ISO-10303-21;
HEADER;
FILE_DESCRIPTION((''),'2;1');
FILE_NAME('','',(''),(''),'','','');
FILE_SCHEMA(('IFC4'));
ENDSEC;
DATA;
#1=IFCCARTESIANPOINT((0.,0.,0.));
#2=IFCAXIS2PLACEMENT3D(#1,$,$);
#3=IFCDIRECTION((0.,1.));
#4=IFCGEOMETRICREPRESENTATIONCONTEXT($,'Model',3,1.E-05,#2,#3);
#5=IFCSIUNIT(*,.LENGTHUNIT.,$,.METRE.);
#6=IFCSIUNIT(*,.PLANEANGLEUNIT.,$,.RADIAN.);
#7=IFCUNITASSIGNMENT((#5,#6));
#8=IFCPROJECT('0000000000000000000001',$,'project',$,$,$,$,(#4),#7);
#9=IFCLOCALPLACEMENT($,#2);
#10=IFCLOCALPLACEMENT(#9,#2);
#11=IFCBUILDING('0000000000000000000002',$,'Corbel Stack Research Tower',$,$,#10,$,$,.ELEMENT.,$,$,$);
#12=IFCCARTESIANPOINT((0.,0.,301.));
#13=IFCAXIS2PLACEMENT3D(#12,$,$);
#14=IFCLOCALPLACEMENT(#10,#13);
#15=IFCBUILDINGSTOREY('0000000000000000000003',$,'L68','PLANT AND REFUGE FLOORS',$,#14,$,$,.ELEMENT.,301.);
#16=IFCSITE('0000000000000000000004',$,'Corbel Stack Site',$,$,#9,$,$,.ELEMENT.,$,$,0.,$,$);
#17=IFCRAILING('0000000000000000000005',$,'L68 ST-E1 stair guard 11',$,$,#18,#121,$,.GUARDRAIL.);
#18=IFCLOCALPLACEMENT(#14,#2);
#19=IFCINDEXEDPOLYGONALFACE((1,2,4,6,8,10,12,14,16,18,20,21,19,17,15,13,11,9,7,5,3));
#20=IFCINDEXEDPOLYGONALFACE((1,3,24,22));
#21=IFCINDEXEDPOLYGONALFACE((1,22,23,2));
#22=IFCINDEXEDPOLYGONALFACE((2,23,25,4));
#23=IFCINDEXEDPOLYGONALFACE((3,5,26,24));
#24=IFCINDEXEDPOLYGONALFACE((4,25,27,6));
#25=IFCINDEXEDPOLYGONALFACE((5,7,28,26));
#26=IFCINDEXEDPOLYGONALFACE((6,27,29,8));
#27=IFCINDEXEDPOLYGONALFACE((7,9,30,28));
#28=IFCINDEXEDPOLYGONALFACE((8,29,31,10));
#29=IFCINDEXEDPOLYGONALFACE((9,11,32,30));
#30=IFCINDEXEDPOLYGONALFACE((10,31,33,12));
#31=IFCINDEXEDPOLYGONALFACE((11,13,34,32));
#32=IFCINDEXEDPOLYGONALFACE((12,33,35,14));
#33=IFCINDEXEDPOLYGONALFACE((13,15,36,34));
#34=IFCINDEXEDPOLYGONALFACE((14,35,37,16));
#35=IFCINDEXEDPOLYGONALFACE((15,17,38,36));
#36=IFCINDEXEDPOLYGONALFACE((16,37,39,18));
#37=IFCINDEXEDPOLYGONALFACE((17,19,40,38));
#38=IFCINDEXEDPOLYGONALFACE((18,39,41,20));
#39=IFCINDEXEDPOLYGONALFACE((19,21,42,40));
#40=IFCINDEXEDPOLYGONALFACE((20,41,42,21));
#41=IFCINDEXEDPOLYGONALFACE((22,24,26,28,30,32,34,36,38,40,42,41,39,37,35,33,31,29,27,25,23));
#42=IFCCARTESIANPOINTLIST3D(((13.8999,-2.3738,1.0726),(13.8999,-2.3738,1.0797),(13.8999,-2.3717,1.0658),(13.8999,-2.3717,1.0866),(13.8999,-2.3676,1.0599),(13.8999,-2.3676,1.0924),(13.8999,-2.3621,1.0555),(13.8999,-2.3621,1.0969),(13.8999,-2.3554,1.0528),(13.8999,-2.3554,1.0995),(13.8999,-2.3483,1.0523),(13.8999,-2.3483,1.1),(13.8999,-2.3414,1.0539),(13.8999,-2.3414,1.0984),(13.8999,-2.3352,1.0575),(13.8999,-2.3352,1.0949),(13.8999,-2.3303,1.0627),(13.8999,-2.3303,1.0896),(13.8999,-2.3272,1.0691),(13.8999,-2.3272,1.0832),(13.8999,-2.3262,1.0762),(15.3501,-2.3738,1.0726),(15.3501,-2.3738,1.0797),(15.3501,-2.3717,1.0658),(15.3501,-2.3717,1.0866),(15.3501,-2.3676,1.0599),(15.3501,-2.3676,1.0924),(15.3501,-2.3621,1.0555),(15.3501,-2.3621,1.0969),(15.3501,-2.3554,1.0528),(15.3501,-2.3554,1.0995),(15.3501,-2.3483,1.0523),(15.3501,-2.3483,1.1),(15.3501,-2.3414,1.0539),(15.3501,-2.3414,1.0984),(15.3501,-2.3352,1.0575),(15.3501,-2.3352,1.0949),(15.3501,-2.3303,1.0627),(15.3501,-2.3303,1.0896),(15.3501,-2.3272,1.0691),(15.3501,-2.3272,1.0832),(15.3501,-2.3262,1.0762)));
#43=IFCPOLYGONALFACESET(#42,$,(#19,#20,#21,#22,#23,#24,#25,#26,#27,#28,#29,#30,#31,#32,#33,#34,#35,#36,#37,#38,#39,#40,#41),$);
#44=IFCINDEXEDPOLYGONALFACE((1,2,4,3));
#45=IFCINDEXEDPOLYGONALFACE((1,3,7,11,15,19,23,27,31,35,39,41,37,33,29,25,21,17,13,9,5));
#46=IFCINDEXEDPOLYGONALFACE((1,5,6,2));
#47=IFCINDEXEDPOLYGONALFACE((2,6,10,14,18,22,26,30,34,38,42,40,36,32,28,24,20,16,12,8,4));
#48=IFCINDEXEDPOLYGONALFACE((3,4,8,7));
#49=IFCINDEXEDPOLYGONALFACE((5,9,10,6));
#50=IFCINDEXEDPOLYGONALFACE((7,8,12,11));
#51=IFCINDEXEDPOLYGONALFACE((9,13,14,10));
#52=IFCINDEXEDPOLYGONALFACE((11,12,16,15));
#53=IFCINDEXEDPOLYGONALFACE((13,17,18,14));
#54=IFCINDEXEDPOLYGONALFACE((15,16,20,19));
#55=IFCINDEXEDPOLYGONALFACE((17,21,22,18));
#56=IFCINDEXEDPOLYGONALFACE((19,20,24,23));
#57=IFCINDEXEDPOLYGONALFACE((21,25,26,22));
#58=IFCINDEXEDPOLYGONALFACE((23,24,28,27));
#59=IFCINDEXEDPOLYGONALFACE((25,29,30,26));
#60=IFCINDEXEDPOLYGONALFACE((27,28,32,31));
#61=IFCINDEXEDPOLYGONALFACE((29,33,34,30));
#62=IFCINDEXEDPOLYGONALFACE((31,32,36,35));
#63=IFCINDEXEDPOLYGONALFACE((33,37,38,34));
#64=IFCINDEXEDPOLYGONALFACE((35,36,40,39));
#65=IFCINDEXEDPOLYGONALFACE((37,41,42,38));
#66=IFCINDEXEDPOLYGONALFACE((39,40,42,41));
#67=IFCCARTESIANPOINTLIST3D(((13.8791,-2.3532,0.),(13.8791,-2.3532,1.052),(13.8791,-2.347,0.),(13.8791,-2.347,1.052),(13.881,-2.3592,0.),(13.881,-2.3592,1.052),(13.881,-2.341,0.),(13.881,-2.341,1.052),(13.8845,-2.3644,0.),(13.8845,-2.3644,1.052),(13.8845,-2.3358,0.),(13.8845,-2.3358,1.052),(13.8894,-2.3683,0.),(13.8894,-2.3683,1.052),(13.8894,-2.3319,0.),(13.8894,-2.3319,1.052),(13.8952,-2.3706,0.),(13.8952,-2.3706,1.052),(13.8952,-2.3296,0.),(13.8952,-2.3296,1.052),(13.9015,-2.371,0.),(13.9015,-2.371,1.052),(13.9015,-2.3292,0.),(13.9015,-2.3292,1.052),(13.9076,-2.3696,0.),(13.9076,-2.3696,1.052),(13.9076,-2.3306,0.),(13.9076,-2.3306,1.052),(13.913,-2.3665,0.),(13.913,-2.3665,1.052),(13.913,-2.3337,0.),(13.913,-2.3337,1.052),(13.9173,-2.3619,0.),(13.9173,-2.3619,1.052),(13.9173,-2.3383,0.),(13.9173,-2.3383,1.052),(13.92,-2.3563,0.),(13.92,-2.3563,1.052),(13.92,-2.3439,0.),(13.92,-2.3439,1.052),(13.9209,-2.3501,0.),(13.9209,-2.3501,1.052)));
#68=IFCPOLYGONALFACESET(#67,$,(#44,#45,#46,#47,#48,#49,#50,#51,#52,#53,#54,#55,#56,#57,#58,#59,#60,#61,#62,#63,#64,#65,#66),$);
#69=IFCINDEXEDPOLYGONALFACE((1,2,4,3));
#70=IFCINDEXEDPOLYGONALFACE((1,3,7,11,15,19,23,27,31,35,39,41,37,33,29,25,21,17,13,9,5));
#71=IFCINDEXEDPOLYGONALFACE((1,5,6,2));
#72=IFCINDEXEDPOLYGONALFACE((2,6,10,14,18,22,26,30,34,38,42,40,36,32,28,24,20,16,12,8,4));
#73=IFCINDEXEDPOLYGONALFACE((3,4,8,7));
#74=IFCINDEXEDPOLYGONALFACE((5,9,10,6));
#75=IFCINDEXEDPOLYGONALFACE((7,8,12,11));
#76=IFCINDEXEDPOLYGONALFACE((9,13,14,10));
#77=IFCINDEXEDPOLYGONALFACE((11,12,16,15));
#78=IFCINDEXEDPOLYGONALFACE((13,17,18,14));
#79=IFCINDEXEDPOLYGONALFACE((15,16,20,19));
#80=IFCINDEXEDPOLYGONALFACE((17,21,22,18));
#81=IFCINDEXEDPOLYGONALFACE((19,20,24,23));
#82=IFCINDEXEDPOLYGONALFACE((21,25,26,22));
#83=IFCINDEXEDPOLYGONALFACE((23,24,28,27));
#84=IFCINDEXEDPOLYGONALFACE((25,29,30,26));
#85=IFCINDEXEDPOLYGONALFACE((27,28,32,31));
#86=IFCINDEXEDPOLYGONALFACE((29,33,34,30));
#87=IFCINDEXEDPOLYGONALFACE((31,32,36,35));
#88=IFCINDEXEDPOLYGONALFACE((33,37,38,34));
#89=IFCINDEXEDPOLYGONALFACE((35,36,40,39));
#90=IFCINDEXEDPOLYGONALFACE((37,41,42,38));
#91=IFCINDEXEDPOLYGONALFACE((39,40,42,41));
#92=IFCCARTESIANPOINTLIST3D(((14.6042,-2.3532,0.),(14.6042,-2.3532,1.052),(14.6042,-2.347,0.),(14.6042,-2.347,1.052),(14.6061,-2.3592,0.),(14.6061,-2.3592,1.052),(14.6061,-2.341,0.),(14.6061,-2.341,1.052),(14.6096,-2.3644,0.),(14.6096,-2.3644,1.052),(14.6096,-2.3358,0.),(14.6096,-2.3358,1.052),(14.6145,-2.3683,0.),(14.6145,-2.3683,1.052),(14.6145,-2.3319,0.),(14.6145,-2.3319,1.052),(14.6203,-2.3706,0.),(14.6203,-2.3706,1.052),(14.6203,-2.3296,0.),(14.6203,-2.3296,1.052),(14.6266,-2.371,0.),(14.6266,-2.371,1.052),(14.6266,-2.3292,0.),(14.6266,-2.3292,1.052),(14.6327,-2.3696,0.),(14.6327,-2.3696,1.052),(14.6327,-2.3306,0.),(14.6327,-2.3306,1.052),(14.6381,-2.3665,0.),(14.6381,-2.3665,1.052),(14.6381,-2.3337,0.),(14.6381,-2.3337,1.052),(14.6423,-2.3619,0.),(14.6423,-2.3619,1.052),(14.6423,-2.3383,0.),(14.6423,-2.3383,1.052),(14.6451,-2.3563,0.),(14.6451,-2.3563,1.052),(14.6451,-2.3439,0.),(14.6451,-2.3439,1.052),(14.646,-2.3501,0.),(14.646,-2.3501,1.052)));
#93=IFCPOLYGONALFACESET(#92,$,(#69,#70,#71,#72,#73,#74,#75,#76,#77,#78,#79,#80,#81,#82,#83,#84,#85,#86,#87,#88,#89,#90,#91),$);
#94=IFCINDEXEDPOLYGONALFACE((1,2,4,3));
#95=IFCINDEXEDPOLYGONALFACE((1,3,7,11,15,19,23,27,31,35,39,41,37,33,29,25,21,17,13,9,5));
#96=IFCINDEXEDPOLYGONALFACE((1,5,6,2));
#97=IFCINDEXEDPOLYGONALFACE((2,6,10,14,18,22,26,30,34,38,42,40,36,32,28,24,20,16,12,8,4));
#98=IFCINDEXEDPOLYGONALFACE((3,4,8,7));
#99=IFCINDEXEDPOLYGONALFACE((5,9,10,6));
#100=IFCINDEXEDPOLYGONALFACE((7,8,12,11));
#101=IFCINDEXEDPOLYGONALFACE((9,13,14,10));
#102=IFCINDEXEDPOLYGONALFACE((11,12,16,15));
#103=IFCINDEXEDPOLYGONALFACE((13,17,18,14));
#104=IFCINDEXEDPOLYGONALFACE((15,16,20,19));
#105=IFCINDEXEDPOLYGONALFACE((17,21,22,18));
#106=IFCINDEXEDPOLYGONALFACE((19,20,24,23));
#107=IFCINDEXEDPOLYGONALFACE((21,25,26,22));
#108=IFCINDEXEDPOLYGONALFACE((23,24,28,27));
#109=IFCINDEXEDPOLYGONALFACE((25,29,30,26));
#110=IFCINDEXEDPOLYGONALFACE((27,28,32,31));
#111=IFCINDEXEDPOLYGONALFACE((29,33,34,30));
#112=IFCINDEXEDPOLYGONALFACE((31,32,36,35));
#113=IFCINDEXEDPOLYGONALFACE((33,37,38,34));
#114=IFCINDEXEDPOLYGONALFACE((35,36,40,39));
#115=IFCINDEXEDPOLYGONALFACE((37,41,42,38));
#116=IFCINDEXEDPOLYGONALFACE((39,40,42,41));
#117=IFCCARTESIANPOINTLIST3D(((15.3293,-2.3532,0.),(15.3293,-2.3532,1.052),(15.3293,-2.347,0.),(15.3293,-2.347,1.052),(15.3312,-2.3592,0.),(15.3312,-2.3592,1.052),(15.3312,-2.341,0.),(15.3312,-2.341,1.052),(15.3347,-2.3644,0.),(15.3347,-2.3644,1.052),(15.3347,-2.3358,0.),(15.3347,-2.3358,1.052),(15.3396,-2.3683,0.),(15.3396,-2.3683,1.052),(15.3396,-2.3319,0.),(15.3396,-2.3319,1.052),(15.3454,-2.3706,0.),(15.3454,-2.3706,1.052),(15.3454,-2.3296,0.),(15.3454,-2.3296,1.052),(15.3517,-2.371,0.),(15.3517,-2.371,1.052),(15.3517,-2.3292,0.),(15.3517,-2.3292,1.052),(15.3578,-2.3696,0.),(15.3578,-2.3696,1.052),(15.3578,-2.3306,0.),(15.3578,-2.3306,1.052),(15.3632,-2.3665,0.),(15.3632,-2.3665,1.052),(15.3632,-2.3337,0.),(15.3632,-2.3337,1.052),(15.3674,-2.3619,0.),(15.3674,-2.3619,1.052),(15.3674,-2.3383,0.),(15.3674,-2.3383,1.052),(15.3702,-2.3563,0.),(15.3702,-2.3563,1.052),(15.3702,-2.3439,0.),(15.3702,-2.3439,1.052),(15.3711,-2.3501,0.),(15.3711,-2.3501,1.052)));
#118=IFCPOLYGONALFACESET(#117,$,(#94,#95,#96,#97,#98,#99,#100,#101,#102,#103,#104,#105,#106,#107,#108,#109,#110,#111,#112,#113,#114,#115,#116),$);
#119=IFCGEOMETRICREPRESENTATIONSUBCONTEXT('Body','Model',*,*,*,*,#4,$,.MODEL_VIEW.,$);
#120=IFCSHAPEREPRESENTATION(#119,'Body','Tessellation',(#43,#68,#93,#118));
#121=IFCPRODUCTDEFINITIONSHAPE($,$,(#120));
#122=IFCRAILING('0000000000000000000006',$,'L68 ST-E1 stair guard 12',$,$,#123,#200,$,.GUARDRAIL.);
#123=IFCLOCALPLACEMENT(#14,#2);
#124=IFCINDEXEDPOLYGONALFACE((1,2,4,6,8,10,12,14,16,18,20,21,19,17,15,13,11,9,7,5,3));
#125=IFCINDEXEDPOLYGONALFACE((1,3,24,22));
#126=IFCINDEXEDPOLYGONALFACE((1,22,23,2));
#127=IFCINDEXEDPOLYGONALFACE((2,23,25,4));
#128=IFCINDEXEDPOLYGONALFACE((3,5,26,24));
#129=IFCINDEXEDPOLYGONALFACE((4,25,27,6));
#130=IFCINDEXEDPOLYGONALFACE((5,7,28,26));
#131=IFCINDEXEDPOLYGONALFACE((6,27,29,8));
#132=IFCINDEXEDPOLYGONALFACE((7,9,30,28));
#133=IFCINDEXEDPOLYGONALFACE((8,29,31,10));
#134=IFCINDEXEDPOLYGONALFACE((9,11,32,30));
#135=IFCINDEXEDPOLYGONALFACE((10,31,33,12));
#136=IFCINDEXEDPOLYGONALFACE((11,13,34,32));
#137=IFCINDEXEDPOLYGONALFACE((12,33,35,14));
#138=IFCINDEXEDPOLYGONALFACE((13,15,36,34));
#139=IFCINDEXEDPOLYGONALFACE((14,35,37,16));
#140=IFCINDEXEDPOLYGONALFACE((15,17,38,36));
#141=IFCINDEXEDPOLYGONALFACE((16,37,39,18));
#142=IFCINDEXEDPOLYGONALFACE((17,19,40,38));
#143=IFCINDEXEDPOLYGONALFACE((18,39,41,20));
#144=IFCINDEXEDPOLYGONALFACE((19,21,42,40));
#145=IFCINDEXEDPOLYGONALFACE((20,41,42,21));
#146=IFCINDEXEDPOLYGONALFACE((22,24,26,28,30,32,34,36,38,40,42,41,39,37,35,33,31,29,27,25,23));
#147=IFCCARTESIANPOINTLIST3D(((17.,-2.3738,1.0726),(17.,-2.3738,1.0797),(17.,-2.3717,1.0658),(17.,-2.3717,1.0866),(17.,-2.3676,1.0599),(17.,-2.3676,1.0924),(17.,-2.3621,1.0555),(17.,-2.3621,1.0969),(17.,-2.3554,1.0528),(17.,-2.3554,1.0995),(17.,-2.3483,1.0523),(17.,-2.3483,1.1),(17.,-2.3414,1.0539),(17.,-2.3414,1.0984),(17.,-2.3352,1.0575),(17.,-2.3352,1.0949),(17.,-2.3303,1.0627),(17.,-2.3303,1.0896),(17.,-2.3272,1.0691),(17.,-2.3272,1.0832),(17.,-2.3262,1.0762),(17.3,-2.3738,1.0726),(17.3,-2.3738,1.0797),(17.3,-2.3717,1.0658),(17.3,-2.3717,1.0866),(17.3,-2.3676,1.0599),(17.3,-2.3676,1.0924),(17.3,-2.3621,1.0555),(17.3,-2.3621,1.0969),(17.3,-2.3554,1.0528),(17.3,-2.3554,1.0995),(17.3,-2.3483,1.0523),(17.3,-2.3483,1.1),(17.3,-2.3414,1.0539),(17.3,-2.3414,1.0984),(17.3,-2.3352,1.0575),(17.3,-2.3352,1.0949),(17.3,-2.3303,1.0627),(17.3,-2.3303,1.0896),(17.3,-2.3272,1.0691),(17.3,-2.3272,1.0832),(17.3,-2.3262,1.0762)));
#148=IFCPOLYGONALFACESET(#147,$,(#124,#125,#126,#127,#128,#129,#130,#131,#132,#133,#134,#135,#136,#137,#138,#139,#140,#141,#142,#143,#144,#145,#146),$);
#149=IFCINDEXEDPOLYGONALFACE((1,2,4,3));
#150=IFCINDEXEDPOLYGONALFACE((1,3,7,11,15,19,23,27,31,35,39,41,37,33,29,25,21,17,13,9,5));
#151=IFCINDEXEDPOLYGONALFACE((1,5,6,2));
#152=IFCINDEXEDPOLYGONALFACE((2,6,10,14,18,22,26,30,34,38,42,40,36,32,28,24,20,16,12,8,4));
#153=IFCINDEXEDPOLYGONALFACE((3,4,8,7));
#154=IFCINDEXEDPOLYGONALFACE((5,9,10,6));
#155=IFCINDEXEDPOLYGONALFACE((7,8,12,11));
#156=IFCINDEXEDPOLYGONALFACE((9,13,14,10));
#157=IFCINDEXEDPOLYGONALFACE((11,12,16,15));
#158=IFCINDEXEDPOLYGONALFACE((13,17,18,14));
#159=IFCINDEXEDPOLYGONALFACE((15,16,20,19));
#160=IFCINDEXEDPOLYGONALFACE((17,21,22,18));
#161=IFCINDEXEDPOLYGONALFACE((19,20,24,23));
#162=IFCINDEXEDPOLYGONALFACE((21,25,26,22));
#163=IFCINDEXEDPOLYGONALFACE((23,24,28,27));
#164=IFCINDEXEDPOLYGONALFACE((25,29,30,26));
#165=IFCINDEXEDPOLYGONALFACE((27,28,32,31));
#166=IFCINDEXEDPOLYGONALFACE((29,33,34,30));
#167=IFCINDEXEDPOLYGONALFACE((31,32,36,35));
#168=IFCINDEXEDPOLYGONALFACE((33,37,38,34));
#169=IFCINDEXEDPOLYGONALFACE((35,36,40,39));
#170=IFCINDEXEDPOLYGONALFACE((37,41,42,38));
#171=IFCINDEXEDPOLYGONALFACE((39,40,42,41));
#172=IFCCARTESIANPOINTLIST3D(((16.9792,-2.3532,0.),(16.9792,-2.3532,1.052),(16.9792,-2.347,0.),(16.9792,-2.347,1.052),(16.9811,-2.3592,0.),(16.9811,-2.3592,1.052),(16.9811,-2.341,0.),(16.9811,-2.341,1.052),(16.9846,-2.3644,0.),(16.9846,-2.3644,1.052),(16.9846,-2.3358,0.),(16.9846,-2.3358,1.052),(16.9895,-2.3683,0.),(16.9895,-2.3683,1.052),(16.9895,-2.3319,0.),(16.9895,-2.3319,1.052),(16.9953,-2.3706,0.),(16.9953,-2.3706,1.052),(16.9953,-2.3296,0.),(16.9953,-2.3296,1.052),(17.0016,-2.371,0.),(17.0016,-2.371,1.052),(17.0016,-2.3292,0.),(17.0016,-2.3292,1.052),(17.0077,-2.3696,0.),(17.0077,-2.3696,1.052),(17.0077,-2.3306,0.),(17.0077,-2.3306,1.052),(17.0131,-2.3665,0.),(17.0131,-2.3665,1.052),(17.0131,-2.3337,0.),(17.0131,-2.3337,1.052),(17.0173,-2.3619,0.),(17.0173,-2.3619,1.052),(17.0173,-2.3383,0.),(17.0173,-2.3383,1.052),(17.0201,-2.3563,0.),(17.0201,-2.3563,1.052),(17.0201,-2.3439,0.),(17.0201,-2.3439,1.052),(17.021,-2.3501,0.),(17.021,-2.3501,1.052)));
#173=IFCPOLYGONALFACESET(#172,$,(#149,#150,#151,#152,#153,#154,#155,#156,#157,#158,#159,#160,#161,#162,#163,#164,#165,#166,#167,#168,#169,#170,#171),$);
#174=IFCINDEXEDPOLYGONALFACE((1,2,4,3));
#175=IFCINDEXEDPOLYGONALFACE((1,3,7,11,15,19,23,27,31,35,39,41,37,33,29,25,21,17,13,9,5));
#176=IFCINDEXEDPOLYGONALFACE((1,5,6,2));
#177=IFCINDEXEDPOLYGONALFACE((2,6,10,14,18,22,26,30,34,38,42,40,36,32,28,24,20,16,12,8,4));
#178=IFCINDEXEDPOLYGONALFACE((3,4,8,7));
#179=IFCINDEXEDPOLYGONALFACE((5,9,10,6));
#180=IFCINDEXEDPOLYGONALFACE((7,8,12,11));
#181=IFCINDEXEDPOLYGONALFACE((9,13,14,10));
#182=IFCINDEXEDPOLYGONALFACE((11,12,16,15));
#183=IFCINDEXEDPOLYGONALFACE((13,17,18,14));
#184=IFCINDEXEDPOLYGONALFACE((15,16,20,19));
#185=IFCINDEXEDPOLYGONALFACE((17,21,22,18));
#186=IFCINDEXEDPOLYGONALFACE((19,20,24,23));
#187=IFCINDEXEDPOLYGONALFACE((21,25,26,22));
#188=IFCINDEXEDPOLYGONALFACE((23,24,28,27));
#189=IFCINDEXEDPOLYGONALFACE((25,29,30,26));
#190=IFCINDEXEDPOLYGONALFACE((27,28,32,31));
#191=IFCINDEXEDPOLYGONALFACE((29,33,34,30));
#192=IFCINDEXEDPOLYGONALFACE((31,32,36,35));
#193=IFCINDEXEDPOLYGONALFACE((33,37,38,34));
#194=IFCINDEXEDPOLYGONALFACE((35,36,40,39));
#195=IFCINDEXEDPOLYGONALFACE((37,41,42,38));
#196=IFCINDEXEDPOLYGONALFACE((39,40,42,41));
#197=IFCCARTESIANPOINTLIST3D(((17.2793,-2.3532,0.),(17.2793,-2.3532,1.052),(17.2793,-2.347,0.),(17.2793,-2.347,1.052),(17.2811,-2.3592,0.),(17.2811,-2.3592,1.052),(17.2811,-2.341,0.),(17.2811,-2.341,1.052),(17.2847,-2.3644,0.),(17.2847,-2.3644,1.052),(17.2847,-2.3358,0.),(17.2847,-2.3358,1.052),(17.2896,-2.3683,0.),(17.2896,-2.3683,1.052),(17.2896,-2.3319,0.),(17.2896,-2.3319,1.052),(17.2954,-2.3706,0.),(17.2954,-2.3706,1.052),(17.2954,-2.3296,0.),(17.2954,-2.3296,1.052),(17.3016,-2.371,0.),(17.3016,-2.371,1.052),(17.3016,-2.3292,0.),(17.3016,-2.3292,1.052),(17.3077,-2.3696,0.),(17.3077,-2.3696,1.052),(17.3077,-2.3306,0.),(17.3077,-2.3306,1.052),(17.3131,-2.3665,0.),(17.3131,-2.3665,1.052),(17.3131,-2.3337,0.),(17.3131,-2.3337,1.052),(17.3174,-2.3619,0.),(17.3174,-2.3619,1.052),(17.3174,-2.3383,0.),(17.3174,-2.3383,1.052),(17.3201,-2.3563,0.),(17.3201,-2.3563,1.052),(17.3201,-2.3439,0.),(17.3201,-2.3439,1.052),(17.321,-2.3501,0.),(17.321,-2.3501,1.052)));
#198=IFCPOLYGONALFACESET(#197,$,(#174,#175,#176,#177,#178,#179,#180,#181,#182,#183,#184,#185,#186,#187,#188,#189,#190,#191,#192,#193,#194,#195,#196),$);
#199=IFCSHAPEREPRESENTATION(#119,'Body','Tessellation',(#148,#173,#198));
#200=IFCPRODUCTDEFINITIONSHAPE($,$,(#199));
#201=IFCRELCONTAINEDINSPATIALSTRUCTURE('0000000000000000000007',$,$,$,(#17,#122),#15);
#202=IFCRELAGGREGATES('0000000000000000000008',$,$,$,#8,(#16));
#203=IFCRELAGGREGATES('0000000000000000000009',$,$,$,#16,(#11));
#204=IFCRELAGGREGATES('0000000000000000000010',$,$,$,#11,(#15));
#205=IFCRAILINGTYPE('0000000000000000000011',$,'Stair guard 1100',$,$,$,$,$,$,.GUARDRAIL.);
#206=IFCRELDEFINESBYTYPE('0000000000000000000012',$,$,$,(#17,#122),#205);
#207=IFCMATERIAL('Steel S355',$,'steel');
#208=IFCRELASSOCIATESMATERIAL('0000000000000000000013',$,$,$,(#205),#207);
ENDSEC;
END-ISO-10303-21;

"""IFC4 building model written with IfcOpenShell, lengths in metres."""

from ifc_helpers import new_model, si_unit, direction, frame, origin, origin_2d, place, context, subcontext, project, spatial, circle, extrude, material, type_object, element, save


model = new_model("IFC4")

# Units and contexts
model_context = context("Model", 3, precision=1e-05, world=origin(), true_north=direction((0.0, 1.0)))
body_context = subcontext(model_context, "Body", "Model", "MODEL_VIEW")
ifc_project = project(units=[si_unit("LENGTHUNIT", "METRE"), si_unit("PLANEANGLEUNIT", "RADIAN")], contexts=[model_context])

# Site, building, storey
site_placement = place(None, origin())
site = spatial("IfcSite", under=ifc_project, at=site_placement, Name="Corbel Stack Site", CompositionType="ELEMENT", RefElevation=0.0)
building_placement = place(site_placement, origin())
building = spatial("IfcBuilding", under=site, at=building_placement, Name="Corbel Stack Research Tower", CompositionType="ELEMENT")
storey_placement = place(building_placement, frame((0.0, 0.0, 301.0)))
storey = spatial("IfcBuildingStorey", under=building, at=storey_placement, Name="L68", Description="PLANT AND REFUGE FLOORS", CompositionType="ELEMENT", Elevation=301.0)

# Railings
ifc_material_1 = material(Name="Steel S355", Category="steel")
railing_type_1 = type_object("IfcRailingType", Name="Stair guard 1100", PredefinedType="GUARDRAIL", material=ifc_material_1)
railing_1_placement = place(storey_placement, frame((13.8999, -2.3501, 0.0)))
element("IfcRailing", 1, at=railing_1_placement, inside=storey, type_object=railing_type_1, Name="L68 ST-E1 stair guard 11", PredefinedType="GUARDRAIL", context=body_context, shape_type="SweptSolid", body=[
    extrude(circle(Radius=0.0239, at=origin_2d()), frame((0.0, 0.0, 1.0762), z_axis=(1.0, 0.0, 0.0), x_axis=(0.0, 1.0, 0.0)), (0.0, 0.0, 1.0), 1.4502),
    extrude(circle(Radius=0.021, at=origin_2d()), origin(), (0.0, 0.0, 1.0), 1.052),
    extrude(circle(Radius=0.021, at=origin_2d()), frame((0.7251, 0.0, 0.0)), (0.0, 0.0, 1.0), 1.052),
    extrude(circle(Radius=0.021, at=origin_2d()), frame((1.4502, 0.0, 0.0)), (0.0, 0.0, 1.0), 1.052),
])
railing_2_placement = place(storey_placement, frame((17.0, -2.3501, 0.0)))
element("IfcRailing", 2, at=railing_2_placement, inside=storey, type_object=railing_type_1, Name="L68 ST-E1 stair guard 12", PredefinedType="GUARDRAIL", context=body_context, shape_type="SweptSolid", body=[
    extrude(circle(Radius=0.0239, at=origin_2d()), frame((0.0, 0.0, 1.0762), z_axis=(1.0, 0.0, 0.0), x_axis=(0.0, 1.0, 0.0)), (0.0, 0.0, 1.0), 0.3),
    extrude(circle(Radius=0.021, at=origin_2d()), origin(), (0.0, 0.0, 1.0), 1.052),
    extrude(circle(Radius=0.021, at=origin_2d()), frame((0.3, 0.0, 0.0)), (0.0, 0.0, 1.0), 1.052),
])

save(model, "model.ifc")
